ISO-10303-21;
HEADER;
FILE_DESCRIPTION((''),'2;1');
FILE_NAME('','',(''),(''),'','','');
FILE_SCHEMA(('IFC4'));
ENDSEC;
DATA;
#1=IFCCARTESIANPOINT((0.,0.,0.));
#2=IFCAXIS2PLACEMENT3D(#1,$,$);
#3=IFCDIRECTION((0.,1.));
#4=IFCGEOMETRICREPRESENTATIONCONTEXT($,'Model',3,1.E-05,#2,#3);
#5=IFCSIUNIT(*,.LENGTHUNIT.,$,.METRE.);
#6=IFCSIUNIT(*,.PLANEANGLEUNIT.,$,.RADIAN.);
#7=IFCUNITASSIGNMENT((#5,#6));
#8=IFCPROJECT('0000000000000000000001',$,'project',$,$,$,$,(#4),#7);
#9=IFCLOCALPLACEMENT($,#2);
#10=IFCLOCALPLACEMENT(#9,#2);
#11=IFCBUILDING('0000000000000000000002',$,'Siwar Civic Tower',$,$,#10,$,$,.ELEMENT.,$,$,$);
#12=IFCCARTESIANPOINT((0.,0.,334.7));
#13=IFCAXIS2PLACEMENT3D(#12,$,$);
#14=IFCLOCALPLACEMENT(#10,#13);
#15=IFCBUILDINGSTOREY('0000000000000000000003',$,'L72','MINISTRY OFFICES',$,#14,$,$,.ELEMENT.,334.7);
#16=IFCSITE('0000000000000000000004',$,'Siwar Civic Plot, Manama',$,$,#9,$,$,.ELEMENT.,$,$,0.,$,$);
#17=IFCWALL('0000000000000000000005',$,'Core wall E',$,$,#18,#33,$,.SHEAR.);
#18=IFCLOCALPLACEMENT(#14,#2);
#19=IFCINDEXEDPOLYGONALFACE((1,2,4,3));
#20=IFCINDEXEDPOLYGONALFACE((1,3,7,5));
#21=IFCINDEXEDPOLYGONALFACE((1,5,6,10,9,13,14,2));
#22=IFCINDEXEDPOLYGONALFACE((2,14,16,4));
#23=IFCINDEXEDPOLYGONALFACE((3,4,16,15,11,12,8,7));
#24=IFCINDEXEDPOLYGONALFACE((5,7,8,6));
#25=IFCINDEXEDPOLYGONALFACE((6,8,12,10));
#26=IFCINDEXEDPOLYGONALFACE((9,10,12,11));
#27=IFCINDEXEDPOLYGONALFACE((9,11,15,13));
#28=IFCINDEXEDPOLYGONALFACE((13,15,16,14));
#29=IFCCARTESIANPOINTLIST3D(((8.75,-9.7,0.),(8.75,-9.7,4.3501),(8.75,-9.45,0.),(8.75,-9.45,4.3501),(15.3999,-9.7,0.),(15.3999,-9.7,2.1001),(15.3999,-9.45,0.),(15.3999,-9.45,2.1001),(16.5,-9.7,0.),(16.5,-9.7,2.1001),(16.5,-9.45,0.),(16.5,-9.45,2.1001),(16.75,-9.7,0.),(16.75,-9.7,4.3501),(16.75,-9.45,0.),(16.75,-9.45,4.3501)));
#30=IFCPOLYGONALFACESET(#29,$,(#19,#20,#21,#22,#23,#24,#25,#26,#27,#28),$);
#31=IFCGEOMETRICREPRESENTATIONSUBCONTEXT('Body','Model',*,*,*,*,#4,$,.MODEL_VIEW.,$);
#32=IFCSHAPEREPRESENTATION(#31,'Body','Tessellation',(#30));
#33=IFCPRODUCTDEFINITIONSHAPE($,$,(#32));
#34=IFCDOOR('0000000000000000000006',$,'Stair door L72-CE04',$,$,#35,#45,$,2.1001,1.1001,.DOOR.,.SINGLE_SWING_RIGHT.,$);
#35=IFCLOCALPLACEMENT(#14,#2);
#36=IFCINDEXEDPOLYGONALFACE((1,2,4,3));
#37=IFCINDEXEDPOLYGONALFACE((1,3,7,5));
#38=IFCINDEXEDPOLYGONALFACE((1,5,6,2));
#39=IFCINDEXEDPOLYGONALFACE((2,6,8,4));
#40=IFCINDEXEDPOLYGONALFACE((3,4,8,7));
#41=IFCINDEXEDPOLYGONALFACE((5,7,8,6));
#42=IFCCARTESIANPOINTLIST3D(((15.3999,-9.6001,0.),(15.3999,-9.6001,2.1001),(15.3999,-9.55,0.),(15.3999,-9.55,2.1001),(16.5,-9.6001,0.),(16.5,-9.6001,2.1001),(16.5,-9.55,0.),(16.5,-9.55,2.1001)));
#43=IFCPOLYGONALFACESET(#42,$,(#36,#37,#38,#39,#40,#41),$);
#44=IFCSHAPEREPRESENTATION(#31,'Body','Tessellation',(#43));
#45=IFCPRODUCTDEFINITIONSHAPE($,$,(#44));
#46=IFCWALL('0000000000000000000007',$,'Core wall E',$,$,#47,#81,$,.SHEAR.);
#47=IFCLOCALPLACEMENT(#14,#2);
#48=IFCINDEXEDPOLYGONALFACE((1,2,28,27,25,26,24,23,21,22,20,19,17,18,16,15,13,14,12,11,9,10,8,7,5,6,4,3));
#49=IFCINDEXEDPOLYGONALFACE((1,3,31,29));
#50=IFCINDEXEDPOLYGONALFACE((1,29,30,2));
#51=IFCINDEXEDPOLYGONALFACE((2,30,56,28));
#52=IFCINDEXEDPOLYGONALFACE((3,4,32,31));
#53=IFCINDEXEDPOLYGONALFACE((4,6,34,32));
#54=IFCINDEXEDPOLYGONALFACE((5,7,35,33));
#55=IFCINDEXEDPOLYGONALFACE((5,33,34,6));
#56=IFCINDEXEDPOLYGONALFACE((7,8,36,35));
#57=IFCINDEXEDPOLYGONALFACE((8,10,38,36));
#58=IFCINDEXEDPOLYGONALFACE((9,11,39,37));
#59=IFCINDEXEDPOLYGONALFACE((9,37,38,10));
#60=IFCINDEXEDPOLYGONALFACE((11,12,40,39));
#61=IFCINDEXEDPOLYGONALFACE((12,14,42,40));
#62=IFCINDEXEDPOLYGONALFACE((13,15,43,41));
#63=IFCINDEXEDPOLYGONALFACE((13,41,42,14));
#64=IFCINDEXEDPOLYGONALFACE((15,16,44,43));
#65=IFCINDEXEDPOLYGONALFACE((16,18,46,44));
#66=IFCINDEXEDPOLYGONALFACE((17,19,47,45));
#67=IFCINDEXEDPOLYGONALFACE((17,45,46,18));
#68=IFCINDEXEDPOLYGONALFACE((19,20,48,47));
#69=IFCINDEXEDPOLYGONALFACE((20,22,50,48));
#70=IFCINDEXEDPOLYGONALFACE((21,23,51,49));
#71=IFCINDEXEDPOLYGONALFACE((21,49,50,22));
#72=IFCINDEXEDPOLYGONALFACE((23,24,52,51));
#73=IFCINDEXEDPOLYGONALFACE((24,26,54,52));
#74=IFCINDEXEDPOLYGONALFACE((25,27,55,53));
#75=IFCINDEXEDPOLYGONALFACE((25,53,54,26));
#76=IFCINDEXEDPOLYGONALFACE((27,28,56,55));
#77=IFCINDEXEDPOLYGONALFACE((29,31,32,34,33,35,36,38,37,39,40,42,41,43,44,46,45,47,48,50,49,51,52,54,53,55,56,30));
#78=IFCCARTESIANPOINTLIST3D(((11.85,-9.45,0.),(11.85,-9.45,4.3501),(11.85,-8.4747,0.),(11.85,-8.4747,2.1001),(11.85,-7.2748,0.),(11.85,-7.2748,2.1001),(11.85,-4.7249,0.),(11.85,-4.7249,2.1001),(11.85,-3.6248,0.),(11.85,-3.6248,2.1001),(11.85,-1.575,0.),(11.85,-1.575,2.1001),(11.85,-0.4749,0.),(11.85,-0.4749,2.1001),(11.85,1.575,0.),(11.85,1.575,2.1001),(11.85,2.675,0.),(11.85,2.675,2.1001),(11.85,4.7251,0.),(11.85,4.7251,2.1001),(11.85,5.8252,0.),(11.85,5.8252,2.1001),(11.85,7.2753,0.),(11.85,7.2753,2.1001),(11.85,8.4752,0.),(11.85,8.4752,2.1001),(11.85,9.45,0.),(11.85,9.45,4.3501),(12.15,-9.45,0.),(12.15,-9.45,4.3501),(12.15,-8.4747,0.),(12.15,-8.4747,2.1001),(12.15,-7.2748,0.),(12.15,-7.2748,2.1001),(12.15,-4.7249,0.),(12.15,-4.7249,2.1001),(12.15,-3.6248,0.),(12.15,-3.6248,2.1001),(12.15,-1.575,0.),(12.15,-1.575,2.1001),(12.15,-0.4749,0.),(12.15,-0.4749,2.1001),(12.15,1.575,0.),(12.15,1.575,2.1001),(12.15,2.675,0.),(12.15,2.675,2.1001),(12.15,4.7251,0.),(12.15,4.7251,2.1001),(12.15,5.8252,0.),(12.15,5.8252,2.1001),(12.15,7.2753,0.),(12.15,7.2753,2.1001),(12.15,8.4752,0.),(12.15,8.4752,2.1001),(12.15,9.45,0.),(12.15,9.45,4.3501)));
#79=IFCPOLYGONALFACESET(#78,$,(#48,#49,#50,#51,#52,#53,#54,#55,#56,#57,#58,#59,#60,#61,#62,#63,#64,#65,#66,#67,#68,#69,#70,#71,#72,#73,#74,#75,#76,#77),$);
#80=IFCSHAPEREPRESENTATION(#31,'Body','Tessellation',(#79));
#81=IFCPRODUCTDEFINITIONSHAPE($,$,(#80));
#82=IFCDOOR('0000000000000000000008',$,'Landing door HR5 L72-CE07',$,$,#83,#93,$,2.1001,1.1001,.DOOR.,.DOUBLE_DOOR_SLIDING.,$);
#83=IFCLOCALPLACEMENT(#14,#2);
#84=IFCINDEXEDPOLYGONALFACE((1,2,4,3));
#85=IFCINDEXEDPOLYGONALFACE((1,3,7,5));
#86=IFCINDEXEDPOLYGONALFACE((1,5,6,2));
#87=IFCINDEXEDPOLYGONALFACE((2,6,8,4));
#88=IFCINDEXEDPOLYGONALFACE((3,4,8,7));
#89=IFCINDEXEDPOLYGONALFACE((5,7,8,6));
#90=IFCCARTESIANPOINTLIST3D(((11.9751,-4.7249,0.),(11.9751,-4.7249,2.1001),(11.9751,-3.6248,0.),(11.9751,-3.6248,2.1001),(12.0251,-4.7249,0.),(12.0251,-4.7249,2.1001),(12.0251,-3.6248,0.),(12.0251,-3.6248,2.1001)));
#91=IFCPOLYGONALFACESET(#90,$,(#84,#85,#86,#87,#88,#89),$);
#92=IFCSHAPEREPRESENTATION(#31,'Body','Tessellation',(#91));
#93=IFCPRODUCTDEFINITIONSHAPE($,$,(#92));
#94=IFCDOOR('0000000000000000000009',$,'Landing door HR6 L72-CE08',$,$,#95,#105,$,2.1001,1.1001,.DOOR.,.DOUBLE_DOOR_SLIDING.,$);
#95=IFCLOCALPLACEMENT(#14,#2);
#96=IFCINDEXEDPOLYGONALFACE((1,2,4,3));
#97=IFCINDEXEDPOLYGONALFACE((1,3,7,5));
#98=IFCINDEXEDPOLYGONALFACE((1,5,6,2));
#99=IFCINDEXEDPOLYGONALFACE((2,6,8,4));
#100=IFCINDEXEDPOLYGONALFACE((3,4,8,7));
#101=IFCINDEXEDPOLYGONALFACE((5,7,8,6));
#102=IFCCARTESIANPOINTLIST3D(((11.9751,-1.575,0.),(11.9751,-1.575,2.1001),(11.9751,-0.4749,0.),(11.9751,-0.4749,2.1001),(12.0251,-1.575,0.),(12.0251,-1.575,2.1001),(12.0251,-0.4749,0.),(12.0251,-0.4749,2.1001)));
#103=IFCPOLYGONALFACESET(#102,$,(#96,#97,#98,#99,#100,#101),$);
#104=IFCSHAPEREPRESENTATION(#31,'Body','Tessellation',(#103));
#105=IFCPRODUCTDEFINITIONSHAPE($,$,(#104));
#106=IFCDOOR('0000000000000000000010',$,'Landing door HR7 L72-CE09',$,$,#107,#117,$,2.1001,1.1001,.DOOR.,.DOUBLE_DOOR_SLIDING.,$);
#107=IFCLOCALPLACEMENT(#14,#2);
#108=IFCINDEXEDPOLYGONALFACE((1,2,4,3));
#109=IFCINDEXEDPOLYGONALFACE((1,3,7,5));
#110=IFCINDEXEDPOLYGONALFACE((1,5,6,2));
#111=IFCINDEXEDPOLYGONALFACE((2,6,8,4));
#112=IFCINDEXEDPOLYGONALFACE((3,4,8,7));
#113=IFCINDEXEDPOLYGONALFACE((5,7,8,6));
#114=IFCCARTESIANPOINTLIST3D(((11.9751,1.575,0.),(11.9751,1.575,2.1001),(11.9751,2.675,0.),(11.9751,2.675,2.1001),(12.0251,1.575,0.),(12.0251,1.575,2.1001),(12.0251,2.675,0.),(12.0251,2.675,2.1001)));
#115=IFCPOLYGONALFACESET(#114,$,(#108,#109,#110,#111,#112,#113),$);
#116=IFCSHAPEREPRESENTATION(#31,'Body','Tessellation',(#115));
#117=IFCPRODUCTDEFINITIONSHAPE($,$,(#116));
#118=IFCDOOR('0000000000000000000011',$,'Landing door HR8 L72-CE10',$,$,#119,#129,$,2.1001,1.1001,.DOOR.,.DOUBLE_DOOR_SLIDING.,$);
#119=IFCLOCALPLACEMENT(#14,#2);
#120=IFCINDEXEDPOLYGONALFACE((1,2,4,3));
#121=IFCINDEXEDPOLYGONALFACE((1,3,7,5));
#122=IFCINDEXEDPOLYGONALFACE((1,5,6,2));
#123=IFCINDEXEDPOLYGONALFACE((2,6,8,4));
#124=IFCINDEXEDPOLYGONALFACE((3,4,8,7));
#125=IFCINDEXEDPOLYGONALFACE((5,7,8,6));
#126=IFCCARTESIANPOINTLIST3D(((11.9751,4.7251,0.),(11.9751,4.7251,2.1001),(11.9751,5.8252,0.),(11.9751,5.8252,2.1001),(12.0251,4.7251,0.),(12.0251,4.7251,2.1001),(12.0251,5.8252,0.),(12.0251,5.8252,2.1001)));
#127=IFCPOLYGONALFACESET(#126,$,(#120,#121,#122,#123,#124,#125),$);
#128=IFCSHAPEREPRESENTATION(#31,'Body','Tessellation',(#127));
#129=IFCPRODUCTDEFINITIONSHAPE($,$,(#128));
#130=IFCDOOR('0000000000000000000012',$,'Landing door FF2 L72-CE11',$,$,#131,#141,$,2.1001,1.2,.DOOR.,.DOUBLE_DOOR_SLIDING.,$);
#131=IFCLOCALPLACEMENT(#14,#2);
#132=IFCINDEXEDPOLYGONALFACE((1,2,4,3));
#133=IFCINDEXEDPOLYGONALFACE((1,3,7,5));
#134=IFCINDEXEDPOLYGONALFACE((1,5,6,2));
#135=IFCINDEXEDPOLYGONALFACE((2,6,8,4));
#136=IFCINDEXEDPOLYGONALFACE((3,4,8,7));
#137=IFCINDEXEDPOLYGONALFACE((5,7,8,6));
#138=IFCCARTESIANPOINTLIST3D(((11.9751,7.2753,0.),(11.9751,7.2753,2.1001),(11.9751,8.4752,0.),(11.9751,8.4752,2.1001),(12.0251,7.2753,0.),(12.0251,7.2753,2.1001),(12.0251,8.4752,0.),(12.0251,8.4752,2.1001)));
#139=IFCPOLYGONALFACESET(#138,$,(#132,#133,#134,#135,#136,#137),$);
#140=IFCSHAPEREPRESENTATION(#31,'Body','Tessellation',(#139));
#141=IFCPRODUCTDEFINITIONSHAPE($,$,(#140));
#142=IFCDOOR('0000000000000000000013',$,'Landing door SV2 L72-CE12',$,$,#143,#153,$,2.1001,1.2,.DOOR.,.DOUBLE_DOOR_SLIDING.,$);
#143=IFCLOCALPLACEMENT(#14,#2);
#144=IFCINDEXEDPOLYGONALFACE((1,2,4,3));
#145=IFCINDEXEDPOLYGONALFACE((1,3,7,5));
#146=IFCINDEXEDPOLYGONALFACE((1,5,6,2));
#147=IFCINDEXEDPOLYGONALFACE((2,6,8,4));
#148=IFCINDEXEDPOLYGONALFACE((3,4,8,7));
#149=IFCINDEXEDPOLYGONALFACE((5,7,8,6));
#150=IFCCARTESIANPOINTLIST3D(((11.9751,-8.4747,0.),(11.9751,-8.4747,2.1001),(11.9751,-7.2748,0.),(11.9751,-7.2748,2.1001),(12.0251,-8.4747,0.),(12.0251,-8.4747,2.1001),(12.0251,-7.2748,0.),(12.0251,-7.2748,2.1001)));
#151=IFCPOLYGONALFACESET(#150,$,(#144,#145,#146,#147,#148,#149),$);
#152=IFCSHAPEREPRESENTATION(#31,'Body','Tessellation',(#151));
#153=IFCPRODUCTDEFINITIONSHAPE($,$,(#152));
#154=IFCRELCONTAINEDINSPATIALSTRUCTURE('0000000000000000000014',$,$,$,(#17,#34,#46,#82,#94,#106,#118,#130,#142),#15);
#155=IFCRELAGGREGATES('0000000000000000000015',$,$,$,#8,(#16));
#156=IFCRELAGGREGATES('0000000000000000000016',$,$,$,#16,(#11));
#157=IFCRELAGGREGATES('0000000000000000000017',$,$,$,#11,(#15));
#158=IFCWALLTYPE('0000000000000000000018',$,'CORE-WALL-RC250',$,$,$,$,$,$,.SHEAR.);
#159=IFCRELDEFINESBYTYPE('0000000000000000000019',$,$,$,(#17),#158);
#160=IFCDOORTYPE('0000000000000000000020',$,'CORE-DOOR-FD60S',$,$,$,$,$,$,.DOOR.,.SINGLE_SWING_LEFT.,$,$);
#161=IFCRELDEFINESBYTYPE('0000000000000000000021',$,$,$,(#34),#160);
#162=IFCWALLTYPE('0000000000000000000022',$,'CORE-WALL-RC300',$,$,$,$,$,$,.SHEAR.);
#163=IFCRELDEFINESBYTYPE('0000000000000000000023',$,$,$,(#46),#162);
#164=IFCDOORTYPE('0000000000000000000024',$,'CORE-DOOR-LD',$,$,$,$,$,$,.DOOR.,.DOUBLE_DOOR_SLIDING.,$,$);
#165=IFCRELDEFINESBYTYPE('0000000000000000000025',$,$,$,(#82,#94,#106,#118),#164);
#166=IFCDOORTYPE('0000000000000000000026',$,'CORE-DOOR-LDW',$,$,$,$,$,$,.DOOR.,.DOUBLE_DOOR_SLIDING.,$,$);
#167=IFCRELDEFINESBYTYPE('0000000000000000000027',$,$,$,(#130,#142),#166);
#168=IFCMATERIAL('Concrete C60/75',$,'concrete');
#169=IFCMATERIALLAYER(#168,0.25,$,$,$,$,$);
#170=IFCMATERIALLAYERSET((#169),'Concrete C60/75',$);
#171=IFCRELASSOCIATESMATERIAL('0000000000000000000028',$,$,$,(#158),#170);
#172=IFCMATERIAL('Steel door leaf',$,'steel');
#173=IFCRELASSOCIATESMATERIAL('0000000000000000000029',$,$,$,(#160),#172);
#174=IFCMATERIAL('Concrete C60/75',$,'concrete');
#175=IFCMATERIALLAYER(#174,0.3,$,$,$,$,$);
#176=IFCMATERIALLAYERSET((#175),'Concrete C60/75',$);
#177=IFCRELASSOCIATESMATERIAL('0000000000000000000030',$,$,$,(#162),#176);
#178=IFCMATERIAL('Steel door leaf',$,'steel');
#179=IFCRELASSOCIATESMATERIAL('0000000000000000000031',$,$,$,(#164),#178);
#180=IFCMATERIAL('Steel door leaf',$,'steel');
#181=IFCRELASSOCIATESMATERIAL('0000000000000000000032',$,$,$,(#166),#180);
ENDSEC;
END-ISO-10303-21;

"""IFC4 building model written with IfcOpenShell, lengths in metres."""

from ifc_helpers import new_model, si_unit, direction, frame, frame_2d, origin, place, context, subcontext, project, spatial, rectangle, extrude, material, layer, layer_set, type_object, element, fill, save


model = new_model("IFC4")

# Units and contexts
model_context = context("Model", 3, precision=1e-05, world=origin(), true_north=direction((0.0, 1.0)))
body_context = subcontext(model_context, "Body", "Model", "MODEL_VIEW")
ifc_project = project(units=[si_unit("LENGTHUNIT", "METRE"), si_unit("PLANEANGLEUNIT", "RADIAN")], contexts=[model_context])

# Site, building, storey
site_placement = place(None, origin())
site = spatial("IfcSite", under=ifc_project, at=site_placement, Name="Siwar Civic Plot, Manama", CompositionType="ELEMENT", RefElevation=0.0)
building_placement = place(site_placement, origin())
building = spatial("IfcBuilding", under=site, at=building_placement, Name="Siwar Civic Tower", CompositionType="ELEMENT")
storey_placement = place(building_placement, frame((0.0, 0.0, 334.7)))
storey = spatial("IfcBuildingStorey", under=building, at=storey_placement, Name="L72", Description="MINISTRY OFFICES", CompositionType="ELEMENT", Elevation=334.7)

# Shared definitions
ifc_material_1 = material(Name="Concrete C60/75", Category="concrete")
ifc_layer_1 = layer(ifc_material_1, 0.25)
ifc_layer_set_1 = layer_set([ifc_layer_1], Name="Concrete C60/75")
wall_type_1 = type_object("IfcWallType", Name="CORE-WALL-RC250", PredefinedType="SHEAR", material=ifc_layer_set_1)

# Wall, opening, door
wall_1_placement = place(storey_placement, frame((8.75, -9.575, 0.0), z_axis=(0.0, 0.0, 1.0), x_axis=(1.0, 0.0, 0.0)))
wall_1 = element("IfcWall", 1, at=wall_1_placement, inside=storey, type_object=wall_type_1, Name="Core wall E", PredefinedType="SHEAR", context=body_context, shape_type="SweptSolid", body=[
    extrude(rectangle(XDim=8.0, YDim=0.25, at=frame_2d((4.0, 0.0))), origin(), (0.0, 0.0, 1.0), 4.3501),
])
opening_1_placement = place(wall_1_placement, frame((6.6499, 0.0, 0.0)))
opening_1 = element("IfcOpeningElement", 2, at=opening_1_placement, cuts=wall_1, PredefinedType="OPENING", context=body_context, shape_type="SweptSolid", body=[
    extrude(rectangle(XDim=1.1001, YDim=2.1001, at=frame_2d((0.55, 1.05))), frame((0.0, 0.135, 0.0), z_axis=(0.0, -1.0, 0.0), x_axis=(1.0, 0.0, 0.0)), (0.0, 0.0, 1.0), 0.27),
])
ifc_material_2 = material(Name="Steel door leaf", Category="steel")
door_type_1 = type_object("IfcDoorType", Name="CORE-DOOR-FD60S", OperationType="SINGLE_SWING_LEFT", PredefinedType="DOOR", material=ifc_material_2)
door_1_placement = place(opening_1_placement, origin())
door_1 = element("IfcDoor", 3, at=door_1_placement, inside=storey, type_object=door_type_1, Name="Stair door L72-CE04", OperationType="SINGLE_SWING_RIGHT", OverallHeight=2.1001, OverallWidth=1.1001, PredefinedType="DOOR", context=body_context, shape_type="SweptSolid", body=[
    extrude(rectangle(XDim=1.1001, YDim=2.1001, at=frame_2d((0.55, 1.05))), frame((0.0, 0.0249, 0.0), z_axis=(0.0, -1.0, 0.0), x_axis=(1.0, 0.0, 0.0)), (0.0, 0.0, 1.0), 0.05),
])
fill(opening_1, door_1)

# Wall, openings, doors
ifc_material_3 = material(Name="Concrete C60/75", Category="concrete")
ifc_layer_2 = layer(ifc_material_3, 0.3)
ifc_layer_set_2 = layer_set([ifc_layer_2], Name="Concrete C60/75")
wall_type_2 = type_object("IfcWallType", Name="CORE-WALL-RC300", PredefinedType="SHEAR", material=ifc_layer_set_2)
wall_2_placement = place(storey_placement, frame((12.0, -9.45, 0.0), z_axis=(0.0, 0.0, 1.0), x_axis=(0.0, 1.0, 0.0)))
wall_2 = element("IfcWall", 4, at=wall_2_placement, inside=storey, type_object=wall_type_2, Name="Core wall E", PredefinedType="SHEAR", context=body_context, shape_type="SweptSolid", body=[
    extrude(rectangle(XDim=18.8999, YDim=0.3, at=frame_2d((9.45, 0.0))), origin(), (0.0, 0.0, 1.0), 4.3501),
])
opening_2_placement = place(wall_2_placement, frame((4.7251, 0.0, 0.0)))
opening_2 = element("IfcOpeningElement", 5, at=opening_2_placement, cuts=wall_2, PredefinedType="OPENING", context=body_context, shape_type="SweptSolid", body=[
    extrude(rectangle(XDim=1.1001, YDim=2.1001, at=frame_2d((0.55, 1.05))), frame((0.0, 0.1602, 0.0), z_axis=(0.0, -1.0, 0.0), x_axis=(1.0, 0.0, 0.0)), (0.0, 0.0, 1.0), 0.3201),
])
opening_3_placement = place(wall_2_placement, frame((7.875, 0.0, 0.0)))
opening_3 = element("IfcOpeningElement", 6, at=opening_3_placement, cuts=wall_2, PredefinedType="OPENING", context=body_context, shape_type="SweptSolid", body=[
    extrude(rectangle(XDim=1.1001, YDim=2.1001, at=frame_2d((0.55, 1.05))), frame((0.0, 0.1602, 0.0), z_axis=(0.0, -1.0, 0.0), x_axis=(1.0, 0.0, 0.0)), (0.0, 0.0, 1.0), 0.3201),
])
opening_4_placement = place(wall_2_placement, frame((11.0249, 0.0, 0.0)))
opening_4 = element("IfcOpeningElement", 7, at=opening_4_placement, cuts=wall_2, PredefinedType="OPENING", context=body_context, shape_type="SweptSolid", body=[
    extrude(rectangle(XDim=1.1001, YDim=2.1001, at=frame_2d((0.55, 1.05))), frame((0.0, 0.1602, 0.0), z_axis=(0.0, -1.0, 0.0), x_axis=(1.0, 0.0, 0.0)), (0.0, 0.0, 1.0), 0.3201),
])
opening_5_placement = place(wall_2_placement, frame((14.175, 0.0, 0.0)))
opening_5 = element("IfcOpeningElement", 8, at=opening_5_placement, cuts=wall_2, PredefinedType="OPENING", context=body_context, shape_type="SweptSolid", body=[
    extrude(rectangle(XDim=1.1001, YDim=2.1001, at=frame_2d((0.55, 1.05))), frame((0.0, 0.1602, 0.0), z_axis=(0.0, -1.0, 0.0), x_axis=(1.0, 0.0, 0.0)), (0.0, 0.0, 1.0), 0.3201),
])
opening_6_placement = place(wall_2_placement, frame((16.7251, 0.0, 0.0)))
opening_6 = element("IfcOpeningElement", 9, at=opening_6_placement, cuts=wall_2, PredefinedType="OPENING", context=body_context, shape_type="SweptSolid", body=[
    extrude(rectangle(XDim=1.2, YDim=2.1001, at=frame_2d((0.6001, 1.05))), frame((0.0, 0.1602, 0.0), z_axis=(0.0, -1.0, 0.0), x_axis=(1.0, 0.0, 0.0)), (0.0, 0.0, 1.0), 0.3201),
])
opening_7_placement = place(wall_2_placement, frame((0.9751, 0.0, 0.0)))
opening_7 = element("IfcOpeningElement", 10, at=opening_7_placement, cuts=wall_2, PredefinedType="OPENING", context=body_context, shape_type="SweptSolid", body=[
    extrude(rectangle(XDim=1.2, YDim=2.1001, at=frame_2d((0.6001, 1.05))), frame((0.0, 0.1602, 0.0), z_axis=(0.0, -1.0, 0.0), x_axis=(1.0, 0.0, 0.0)), (0.0, 0.0, 1.0), 0.3201),
])
ifc_material_4 = material(Name="Steel door leaf", Category="steel")
door_type_2 = type_object("IfcDoorType", Name="CORE-DOOR-LD", OperationType="DOUBLE_DOOR_SLIDING", PredefinedType="DOOR", material=ifc_material_4)
door_2_placement = place(opening_2_placement, origin())
door_2 = element("IfcDoor", 11, at=door_2_placement, inside=storey, type_object=door_type_2, Name="Landing door HR5 L72-CE07", OperationType="DOUBLE_DOOR_SLIDING", OverallHeight=2.1001, OverallWidth=1.1001, PredefinedType="DOOR", context=body_context, shape_type="SweptSolid", body=[
    extrude(rectangle(XDim=1.1001, YDim=2.1001, at=frame_2d((0.55, 1.05))), frame((0.0, 0.0249, 0.0), z_axis=(0.0, -1.0, 0.0), x_axis=(1.0, 0.0, 0.0)), (0.0, 0.0, 1.0), 0.05),
])
fill(opening_2, door_2)
door_3_placement = place(opening_3_placement, origin())
door_3 = element("IfcDoor", 12, at=door_3_placement, inside=storey, type_object=door_type_2, Name="Landing door HR6 L72-CE08", OperationType="DOUBLE_DOOR_SLIDING", OverallHeight=2.1001, OverallWidth=1.1001, PredefinedType="DOOR", context=body_context, shape_type="SweptSolid", body=[
    extrude(rectangle(XDim=1.1001, YDim=2.1001, at=frame_2d((0.55, 1.05))), frame((0.0, 0.0249, 0.0), z_axis=(0.0, -1.0, 0.0), x_axis=(1.0, 0.0, 0.0)), (0.0, 0.0, 1.0), 0.05),
])
fill(opening_3, door_3)
door_4_placement = place(opening_4_placement, origin())
door_4 = element("IfcDoor", 13, at=door_4_placement, inside=storey, type_object=door_type_2, Name="Landing door HR7 L72-CE09", OperationType="DOUBLE_DOOR_SLIDING", OverallHeight=2.1001, OverallWidth=1.1001, PredefinedType="DOOR", context=body_context, shape_type="SweptSolid", body=[
    extrude(rectangle(XDim=1.1001, YDim=2.1001, at=frame_2d((0.55, 1.05))), frame((0.0, 0.0249, 0.0), z_axis=(0.0, -1.0, 0.0), x_axis=(1.0, 0.0, 0.0)), (0.0, 0.0, 1.0), 0.05),
])
fill(opening_4, door_4)
door_5_placement = place(opening_5_placement, origin())
door_5 = element("IfcDoor", 14, at=door_5_placement, inside=storey, type_object=door_type_2, Name="Landing door HR8 L72-CE10", OperationType="DOUBLE_DOOR_SLIDING", OverallHeight=2.1001, OverallWidth=1.1001, PredefinedType="DOOR", context=body_context, shape_type="SweptSolid", body=[
    extrude(rectangle(XDim=1.1001, YDim=2.1001, at=frame_2d((0.55, 1.05))), frame((0.0, 0.0249, 0.0), z_axis=(0.0, -1.0, 0.0), x_axis=(1.0, 0.0, 0.0)), (0.0, 0.0, 1.0), 0.05),
])
fill(opening_5, door_5)
ifc_material_5 = material(Name="Steel door leaf", Category="steel")
door_type_3 = type_object("IfcDoorType", Name="CORE-DOOR-LDW", OperationType="DOUBLE_DOOR_SLIDING", PredefinedType="DOOR", material=ifc_material_5)
door_6_placement = place(opening_6_placement, origin())
door_6 = element("IfcDoor", 15, at=door_6_placement, inside=storey, type_object=door_type_3, Name="Landing door FF2 L72-CE11", OperationType="DOUBLE_DOOR_SLIDING", OverallHeight=2.1001, OverallWidth=1.2, PredefinedType="DOOR", context=body_context, shape_type="SweptSolid", body=[
    extrude(rectangle(XDim=1.2, YDim=2.1001, at=frame_2d((0.6001, 1.05))), frame((0.0, 0.0249, 0.0), z_axis=(0.0, -1.0, 0.0), x_axis=(1.0, 0.0, 0.0)), (0.0, 0.0, 1.0), 0.05),
])
fill(opening_6, door_6)
door_7_placement = place(opening_7_placement, origin())
door_7 = element("IfcDoor", 16, at=door_7_placement, inside=storey, type_object=door_type_3, Name="Landing door SV2 L72-CE12", OperationType="DOUBLE_DOOR_SLIDING", OverallHeight=2.1001, OverallWidth=1.2, PredefinedType="DOOR", context=body_context, shape_type="SweptSolid", body=[
    extrude(rectangle(XDim=1.2, YDim=2.1001, at=frame_2d((0.6001, 1.05))), frame((0.0, 0.0249, 0.0), z_axis=(0.0, -1.0, 0.0), x_axis=(1.0, 0.0, 0.0)), (0.0, 0.0, 1.0), 0.05),
])
fill(opening_7, door_7)

save(model, "model.ifc")
